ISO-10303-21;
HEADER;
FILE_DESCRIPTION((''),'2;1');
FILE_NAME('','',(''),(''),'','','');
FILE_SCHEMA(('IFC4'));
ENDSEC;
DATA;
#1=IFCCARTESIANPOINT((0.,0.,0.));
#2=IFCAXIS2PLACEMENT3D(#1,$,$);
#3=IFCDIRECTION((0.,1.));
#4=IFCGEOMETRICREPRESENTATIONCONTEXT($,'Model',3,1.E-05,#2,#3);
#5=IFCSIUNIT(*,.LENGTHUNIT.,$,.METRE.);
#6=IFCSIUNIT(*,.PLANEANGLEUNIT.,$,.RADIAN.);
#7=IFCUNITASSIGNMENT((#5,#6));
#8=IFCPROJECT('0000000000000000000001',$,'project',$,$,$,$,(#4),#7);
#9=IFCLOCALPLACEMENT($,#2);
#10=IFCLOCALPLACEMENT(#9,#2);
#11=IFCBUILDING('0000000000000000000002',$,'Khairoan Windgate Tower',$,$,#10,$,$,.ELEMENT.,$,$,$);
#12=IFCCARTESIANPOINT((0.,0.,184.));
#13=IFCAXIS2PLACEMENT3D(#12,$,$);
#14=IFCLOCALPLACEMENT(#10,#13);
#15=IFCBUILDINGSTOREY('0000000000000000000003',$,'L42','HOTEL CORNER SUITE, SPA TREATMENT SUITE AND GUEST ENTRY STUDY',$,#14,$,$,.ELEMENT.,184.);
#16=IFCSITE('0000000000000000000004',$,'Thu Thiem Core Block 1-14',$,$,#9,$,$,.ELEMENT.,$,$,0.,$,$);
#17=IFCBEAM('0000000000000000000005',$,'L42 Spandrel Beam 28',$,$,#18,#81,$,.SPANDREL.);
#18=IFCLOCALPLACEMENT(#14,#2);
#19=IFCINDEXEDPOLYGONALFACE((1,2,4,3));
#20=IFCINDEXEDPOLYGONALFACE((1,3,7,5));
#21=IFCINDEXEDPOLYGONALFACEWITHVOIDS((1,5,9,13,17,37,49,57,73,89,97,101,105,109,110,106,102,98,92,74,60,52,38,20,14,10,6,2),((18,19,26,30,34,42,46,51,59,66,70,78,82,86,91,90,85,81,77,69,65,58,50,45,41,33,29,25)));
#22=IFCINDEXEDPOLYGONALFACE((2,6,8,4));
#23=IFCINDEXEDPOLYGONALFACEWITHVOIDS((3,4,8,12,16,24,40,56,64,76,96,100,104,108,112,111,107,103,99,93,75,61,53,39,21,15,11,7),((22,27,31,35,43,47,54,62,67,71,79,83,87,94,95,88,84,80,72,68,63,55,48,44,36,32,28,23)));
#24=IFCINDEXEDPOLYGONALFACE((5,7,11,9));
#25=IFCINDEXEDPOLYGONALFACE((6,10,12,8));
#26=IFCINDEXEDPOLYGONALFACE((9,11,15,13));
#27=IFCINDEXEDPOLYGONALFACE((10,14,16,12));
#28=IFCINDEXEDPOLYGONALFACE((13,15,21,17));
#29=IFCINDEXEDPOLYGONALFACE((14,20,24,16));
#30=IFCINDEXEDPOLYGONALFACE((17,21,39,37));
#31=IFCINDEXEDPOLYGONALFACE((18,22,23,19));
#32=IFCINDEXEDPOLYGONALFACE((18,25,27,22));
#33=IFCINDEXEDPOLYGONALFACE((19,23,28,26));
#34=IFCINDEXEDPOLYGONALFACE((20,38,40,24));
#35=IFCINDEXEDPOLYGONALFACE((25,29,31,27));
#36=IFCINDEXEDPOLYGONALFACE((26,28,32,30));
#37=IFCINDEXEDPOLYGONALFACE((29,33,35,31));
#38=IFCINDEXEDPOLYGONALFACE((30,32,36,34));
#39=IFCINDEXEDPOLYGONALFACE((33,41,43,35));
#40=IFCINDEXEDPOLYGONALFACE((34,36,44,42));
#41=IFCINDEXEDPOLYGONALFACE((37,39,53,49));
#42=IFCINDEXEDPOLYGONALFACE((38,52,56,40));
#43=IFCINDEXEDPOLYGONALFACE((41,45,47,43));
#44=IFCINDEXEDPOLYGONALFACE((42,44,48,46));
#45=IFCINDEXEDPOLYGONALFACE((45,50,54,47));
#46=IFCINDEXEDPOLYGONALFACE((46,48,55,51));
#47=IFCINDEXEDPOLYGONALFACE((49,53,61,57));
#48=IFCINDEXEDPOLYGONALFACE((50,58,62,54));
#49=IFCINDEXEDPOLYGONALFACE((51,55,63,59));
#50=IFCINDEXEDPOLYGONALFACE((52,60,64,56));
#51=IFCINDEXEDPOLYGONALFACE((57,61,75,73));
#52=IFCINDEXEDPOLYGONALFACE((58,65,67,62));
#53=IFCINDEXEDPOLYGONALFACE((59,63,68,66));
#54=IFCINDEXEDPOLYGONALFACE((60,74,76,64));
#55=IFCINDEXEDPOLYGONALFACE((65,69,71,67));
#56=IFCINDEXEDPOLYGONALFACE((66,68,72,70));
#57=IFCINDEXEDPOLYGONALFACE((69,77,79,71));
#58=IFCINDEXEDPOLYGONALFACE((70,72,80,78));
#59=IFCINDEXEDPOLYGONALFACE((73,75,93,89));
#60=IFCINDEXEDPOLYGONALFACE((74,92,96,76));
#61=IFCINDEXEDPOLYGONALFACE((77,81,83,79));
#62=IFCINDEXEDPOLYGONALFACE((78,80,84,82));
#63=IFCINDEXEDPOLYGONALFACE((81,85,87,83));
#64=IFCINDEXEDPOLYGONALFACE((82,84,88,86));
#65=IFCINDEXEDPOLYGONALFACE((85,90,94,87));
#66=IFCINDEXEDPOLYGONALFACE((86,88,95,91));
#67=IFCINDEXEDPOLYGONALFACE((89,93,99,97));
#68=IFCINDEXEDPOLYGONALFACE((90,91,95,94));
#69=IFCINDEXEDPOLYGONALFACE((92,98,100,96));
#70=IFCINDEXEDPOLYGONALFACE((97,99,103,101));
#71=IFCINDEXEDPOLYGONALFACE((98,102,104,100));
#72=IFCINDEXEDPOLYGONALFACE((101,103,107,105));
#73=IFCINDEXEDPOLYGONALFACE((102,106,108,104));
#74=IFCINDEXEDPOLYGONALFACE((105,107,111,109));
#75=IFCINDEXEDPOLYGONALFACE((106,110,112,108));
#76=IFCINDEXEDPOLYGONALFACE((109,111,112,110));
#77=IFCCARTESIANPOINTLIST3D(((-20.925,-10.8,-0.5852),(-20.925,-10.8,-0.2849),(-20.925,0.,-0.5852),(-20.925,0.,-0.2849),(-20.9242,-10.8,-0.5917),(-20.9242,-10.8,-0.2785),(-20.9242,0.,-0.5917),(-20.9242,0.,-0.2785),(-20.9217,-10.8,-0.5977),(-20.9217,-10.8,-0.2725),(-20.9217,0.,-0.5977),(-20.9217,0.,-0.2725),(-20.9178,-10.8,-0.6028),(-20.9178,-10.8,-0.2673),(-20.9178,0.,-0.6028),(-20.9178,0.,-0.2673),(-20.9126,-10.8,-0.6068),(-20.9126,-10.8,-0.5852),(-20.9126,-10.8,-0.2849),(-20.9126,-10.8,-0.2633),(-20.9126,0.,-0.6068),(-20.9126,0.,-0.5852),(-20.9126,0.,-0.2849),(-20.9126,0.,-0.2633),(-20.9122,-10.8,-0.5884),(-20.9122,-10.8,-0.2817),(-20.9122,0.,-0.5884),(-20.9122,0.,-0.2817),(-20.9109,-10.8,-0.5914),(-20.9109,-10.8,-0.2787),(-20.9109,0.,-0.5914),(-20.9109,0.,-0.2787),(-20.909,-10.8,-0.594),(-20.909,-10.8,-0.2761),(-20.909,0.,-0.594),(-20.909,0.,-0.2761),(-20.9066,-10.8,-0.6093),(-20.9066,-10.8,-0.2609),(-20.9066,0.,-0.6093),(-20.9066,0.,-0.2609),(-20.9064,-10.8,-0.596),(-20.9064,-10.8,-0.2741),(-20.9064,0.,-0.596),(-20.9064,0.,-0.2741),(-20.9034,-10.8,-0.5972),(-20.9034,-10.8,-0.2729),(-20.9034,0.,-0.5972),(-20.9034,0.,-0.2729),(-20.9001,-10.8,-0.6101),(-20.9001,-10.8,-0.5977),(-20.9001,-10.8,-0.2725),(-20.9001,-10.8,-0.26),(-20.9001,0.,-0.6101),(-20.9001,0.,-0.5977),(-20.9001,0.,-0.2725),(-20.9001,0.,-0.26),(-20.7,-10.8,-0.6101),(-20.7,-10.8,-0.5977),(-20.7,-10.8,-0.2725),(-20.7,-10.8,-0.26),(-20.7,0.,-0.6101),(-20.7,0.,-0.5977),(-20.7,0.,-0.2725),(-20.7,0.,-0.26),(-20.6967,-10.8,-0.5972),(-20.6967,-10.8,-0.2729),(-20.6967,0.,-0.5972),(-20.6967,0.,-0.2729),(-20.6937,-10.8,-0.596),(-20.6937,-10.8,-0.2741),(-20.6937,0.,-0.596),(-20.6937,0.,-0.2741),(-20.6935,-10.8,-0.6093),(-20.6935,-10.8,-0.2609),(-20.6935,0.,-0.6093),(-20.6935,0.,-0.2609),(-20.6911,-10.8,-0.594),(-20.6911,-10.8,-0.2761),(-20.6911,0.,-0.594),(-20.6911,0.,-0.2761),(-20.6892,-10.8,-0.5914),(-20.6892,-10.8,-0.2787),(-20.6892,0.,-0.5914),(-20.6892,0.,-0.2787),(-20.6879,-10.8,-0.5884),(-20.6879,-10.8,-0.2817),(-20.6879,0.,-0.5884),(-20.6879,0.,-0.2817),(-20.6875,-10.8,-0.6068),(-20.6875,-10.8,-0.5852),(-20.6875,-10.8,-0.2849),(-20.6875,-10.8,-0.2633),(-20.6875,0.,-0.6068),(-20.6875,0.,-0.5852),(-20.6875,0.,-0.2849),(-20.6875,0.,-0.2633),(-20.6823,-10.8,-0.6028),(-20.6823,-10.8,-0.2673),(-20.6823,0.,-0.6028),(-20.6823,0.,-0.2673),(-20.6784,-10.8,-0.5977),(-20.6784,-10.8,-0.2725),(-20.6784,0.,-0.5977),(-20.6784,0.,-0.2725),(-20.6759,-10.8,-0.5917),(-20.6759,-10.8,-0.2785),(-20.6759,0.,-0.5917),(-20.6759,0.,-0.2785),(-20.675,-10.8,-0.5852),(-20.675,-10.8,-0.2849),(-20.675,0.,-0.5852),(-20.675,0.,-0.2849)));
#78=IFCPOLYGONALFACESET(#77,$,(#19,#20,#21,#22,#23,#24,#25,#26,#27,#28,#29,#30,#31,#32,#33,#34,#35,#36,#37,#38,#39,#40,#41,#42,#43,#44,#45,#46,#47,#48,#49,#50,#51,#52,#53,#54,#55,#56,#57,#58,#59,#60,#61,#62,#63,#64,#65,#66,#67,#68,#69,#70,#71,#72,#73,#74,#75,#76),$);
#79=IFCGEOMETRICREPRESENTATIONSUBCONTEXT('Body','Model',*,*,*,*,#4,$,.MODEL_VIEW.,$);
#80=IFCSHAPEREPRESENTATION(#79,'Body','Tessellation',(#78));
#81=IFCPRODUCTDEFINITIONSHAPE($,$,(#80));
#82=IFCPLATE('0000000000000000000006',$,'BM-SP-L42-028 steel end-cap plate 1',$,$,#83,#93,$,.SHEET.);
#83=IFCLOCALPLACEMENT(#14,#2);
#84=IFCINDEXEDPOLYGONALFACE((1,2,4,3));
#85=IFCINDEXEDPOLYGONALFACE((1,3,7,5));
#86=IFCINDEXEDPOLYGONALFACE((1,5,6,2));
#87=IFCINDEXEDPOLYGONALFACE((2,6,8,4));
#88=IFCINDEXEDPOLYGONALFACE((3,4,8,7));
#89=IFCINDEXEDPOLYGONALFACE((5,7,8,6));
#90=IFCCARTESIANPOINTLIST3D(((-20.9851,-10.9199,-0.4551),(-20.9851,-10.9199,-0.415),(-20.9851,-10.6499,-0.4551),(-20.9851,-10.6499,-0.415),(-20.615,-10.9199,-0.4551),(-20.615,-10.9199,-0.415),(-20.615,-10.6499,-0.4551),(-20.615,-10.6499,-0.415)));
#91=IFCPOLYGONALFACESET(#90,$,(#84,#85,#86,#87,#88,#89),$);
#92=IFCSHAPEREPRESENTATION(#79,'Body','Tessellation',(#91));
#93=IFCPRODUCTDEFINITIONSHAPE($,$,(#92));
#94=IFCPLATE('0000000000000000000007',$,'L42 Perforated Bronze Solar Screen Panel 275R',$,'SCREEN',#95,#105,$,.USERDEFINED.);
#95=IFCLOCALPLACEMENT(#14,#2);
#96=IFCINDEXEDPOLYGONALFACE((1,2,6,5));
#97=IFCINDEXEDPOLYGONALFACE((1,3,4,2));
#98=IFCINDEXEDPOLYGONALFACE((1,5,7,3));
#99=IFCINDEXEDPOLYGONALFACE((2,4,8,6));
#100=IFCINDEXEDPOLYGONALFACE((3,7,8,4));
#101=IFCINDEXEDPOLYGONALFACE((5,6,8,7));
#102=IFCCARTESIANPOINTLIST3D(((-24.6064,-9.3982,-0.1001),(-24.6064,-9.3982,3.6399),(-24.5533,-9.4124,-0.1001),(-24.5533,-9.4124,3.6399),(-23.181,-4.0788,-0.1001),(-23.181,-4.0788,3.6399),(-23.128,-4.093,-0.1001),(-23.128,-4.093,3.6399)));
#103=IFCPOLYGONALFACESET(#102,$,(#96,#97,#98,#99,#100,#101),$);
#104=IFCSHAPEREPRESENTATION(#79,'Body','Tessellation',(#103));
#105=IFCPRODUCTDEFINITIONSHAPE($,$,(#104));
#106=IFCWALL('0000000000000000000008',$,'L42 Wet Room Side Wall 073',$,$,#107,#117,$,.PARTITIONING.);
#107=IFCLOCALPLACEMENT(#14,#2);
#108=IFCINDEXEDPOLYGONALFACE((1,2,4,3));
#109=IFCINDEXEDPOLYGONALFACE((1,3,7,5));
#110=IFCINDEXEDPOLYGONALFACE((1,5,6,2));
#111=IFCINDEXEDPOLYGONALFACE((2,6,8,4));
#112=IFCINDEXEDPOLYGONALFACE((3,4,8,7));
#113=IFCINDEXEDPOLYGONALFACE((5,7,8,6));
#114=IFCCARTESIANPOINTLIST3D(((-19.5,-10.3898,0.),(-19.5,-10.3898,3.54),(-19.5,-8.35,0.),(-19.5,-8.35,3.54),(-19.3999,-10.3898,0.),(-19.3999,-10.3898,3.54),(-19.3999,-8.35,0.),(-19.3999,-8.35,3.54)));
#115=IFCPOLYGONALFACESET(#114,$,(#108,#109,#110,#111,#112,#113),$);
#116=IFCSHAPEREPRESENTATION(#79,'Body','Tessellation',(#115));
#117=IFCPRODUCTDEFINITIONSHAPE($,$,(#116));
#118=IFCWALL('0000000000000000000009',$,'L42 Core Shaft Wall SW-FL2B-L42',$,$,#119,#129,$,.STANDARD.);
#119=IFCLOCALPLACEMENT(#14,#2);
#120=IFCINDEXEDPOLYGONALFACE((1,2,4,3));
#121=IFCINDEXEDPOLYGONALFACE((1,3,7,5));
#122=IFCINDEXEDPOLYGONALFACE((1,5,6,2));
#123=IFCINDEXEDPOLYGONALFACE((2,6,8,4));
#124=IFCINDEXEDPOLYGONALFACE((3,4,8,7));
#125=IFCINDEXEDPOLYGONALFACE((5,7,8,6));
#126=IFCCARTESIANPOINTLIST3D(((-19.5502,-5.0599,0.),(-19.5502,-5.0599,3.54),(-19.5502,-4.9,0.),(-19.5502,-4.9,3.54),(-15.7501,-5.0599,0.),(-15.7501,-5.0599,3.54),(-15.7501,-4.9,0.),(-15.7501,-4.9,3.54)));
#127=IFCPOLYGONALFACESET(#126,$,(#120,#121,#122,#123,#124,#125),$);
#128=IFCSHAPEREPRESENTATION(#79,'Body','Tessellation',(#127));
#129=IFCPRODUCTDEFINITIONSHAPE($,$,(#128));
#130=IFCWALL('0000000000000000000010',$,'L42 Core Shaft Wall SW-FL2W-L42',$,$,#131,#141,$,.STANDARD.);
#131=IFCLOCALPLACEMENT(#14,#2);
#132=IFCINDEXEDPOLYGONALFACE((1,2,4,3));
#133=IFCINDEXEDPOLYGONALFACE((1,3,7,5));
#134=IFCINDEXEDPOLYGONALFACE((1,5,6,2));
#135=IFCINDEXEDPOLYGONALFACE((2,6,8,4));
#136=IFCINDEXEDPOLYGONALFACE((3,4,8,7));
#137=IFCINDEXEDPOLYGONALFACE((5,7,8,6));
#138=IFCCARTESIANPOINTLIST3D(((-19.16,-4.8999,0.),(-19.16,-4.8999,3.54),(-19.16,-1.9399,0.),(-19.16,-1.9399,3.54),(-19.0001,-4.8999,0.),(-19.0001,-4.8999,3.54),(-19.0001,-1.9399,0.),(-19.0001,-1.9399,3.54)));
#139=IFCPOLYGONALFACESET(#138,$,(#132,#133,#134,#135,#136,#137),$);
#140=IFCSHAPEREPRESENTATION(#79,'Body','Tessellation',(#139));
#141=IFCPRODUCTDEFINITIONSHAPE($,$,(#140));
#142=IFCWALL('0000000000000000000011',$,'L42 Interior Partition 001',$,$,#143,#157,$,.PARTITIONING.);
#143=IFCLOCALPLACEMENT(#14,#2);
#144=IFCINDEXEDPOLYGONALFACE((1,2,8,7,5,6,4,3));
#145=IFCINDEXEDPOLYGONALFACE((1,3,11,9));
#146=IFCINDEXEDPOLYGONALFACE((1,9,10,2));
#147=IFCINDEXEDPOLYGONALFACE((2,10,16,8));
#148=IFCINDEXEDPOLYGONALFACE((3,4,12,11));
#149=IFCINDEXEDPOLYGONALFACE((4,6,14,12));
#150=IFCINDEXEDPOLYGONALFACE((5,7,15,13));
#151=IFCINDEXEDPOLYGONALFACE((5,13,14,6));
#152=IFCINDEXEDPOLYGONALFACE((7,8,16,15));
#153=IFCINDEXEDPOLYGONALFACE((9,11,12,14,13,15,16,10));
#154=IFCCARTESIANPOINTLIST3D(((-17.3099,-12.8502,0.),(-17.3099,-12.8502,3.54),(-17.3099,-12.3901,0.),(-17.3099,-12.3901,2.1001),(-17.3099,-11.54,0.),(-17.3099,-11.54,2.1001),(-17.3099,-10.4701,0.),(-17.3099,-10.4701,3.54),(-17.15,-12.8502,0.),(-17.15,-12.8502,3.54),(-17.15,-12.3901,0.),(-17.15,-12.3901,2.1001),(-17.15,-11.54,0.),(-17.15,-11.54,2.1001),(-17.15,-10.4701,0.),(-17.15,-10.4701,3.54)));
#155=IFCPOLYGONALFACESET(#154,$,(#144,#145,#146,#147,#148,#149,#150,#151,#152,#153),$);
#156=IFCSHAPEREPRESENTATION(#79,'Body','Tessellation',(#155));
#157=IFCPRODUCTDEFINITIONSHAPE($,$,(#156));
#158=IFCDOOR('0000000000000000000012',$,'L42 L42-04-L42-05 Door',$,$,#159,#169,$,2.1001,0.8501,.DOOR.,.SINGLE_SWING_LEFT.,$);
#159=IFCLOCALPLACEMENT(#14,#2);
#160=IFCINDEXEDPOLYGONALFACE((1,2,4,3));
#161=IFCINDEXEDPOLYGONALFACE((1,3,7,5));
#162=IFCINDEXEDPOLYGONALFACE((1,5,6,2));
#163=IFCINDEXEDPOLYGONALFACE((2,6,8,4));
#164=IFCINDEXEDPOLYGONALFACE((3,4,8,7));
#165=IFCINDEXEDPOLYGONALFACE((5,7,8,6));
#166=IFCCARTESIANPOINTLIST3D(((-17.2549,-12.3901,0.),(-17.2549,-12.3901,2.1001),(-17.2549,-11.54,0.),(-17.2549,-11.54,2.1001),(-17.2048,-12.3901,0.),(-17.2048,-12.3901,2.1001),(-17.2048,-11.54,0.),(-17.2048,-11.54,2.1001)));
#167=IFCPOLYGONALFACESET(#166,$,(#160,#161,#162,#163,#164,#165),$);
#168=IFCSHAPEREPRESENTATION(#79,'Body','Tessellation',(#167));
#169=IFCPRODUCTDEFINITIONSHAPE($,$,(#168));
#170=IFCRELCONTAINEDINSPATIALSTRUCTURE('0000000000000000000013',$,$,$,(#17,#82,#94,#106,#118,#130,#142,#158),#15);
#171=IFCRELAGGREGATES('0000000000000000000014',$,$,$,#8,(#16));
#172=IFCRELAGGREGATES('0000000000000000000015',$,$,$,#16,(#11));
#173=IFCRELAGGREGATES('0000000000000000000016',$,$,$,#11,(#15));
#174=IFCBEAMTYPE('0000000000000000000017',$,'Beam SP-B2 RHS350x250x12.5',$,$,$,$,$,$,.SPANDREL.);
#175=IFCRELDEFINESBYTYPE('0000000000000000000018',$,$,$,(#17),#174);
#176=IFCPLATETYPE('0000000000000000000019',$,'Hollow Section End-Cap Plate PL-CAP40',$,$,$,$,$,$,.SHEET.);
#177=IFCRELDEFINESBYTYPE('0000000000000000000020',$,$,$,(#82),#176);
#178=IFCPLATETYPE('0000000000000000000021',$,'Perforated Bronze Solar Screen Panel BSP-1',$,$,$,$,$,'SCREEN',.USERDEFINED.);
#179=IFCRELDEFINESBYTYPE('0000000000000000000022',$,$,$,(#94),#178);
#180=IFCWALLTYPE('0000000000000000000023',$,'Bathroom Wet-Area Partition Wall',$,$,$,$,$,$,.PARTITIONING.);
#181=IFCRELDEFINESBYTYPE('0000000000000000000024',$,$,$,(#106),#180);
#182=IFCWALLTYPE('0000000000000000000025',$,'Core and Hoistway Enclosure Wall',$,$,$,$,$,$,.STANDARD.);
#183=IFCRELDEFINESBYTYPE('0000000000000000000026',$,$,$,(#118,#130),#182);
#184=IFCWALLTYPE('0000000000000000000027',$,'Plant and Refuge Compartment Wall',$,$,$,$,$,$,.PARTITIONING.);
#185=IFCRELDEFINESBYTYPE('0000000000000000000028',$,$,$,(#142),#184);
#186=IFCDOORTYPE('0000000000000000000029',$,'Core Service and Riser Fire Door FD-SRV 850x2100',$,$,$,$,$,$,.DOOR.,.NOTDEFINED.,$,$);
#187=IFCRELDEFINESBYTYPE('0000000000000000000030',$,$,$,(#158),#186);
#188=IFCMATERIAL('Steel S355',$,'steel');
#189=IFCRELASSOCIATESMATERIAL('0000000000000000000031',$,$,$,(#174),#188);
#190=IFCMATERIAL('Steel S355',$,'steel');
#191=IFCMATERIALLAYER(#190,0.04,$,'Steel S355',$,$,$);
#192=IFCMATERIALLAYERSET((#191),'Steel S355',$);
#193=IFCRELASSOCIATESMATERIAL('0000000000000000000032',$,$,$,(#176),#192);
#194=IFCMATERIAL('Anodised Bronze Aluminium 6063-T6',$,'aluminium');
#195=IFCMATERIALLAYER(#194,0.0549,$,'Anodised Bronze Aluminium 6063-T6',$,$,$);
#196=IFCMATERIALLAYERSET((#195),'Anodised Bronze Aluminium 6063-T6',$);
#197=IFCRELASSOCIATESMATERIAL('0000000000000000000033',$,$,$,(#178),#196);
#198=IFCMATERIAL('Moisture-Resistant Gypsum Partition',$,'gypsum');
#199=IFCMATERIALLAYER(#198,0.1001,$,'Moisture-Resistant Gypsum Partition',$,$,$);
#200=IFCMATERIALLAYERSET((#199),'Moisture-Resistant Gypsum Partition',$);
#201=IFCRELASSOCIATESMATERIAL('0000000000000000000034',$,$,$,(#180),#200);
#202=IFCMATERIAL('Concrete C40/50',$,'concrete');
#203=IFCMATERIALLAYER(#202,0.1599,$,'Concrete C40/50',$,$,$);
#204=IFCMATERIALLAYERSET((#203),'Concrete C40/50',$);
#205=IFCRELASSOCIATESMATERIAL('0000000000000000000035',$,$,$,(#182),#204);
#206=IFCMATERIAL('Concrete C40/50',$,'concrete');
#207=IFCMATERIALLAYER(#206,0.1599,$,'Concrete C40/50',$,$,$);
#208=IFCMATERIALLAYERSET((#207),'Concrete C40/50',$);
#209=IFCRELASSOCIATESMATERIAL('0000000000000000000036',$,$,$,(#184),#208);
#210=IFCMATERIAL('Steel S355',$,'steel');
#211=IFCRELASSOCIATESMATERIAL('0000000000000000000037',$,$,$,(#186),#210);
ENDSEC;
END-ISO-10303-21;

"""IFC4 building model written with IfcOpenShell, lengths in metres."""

from ifc_helpers import new_model, si_unit, direction, frame, frame_2d, origin, origin_2d, place, context, subcontext, project, spatial, rectangle, hollow_rectangle, extrude, material, layer, layer_set, material_profile, profile_set, type_object, element, fill, save


model = new_model("IFC4")

# Units and contexts
model_context = context("Model", 3, precision=1e-05, world=origin(), true_north=direction((0.0, 1.0)))
body_context = subcontext(model_context, "Body", "Model", "MODEL_VIEW")
ifc_project = project(units=[si_unit("LENGTHUNIT", "METRE"), si_unit("PLANEANGLEUNIT", "RADIAN")], contexts=[model_context])

# Site, building, storey
site_placement = place(None, origin())
site = spatial("IfcSite", under=ifc_project, at=site_placement, Name="Thu Thiem Core Block 1-14", CompositionType="ELEMENT", RefElevation=0.0)
building_placement = place(site_placement, origin())
building = spatial("IfcBuilding", under=site, at=building_placement, Name="Khairoan Windgate Tower", CompositionType="ELEMENT")
storey_placement = place(building_placement, frame((0.0, 0.0, 184.0)))
storey = spatial("IfcBuildingStorey", under=building, at=storey_placement, Name="L42", Description="HOTEL CORNER SUITE, SPA TREATMENT SUITE AND GUEST ENTRY STUDY", CompositionType="ELEMENT", Elevation=184.0)

# Beam
ifc_material_1 = material(Name="Steel S355", Category="steel")
ifc_material_profile_1 = material_profile(ifc_material_1, hollow_rectangle(XDim=0.25, YDim=0.3501, WallThickness=0.0125, InnerFilletRadius=0.0125, OuterFilletRadius=0.0249, at=origin_2d()))
ifc_profile_set_1 = profile_set([ifc_material_profile_1], Name="Steel S355")
beam_type_1 = type_object("IfcBeamType", Name="Beam SP-B2 RHS350x250x12.5", PredefinedType="SPANDREL", material=ifc_profile_set_1)
beam_1_placement = place(storey_placement, frame((-20.8, -10.8, -0.4351), z_axis=(0.0, 1.0, 0.0), x_axis=(-1.0, 0.0, 0.0)))
element("IfcBeam", 1, at=beam_1_placement, inside=storey, type_object=beam_type_1, Name="L42 Spandrel Beam 28", PredefinedType="SPANDREL", context=body_context, shape_type="SweptSolid", body=[
    extrude(hollow_rectangle(XDim=0.25, YDim=0.3501, WallThickness=0.0125, InnerFilletRadius=0.0125, OuterFilletRadius=0.0249, at=origin_2d()), origin(), (0.0, 0.0, 1.0), 10.8),
])

# Plates
ifc_material_2 = material(Name="Steel S355", Category="steel")
ifc_layer_1 = layer(ifc_material_2, 0.04, Name="Steel S355")
ifc_layer_set_1 = layer_set([ifc_layer_1], Name="Steel S355")
plate_type_1 = type_object("IfcPlateType", Name="Hollow Section End-Cap Plate PL-CAP40", PredefinedType="SHEET", material=ifc_layer_set_1)
plate_1_placement = place(storey_placement, frame((-20.8, -10.7849, -0.4551), z_axis=(0.0, 0.0, 1.0), x_axis=(0.0, 1.0, 0.0)))
element("IfcPlate", 2, at=plate_1_placement, inside=storey, type_object=plate_type_1, Name="BM-SP-L42-028 steel end-cap plate 1", PredefinedType="SHEET", context=body_context, shape_type="SweptSolid", body=[
    extrude(rectangle(XDim=0.27, YDim=0.3701, at=origin_2d()), origin(), (0.0, 0.0, 1.0), 0.04),
])
ifc_material_3 = material(Name="Anodised Bronze Aluminium 6063-T6", Category="aluminium")
ifc_layer_2 = layer(ifc_material_3, 0.0549, Name="Anodised Bronze Aluminium 6063-T6")
ifc_layer_set_2 = layer_set([ifc_layer_2], Name="Anodised Bronze Aluminium 6063-T6")
plate_type_2 = type_object("IfcPlateType", Name="Perforated Bronze Solar Screen Panel BSP-1", ElementType="SCREEN", PredefinedType="USERDEFINED", material=ifc_layer_set_2)
plate_2_placement = place(storey_placement, frame((-23.8672, -6.7456, -0.1001), z_axis=(0.0, 0.0, 1.0), x_axis=(0.258819, 0.965926, 0.0)))
element("IfcPlate", 3, at=plate_2_placement, inside=storey, type_object=plate_type_2, Name="L42 Perforated Bronze Solar Screen Panel 275R", ObjectType="SCREEN", PredefinedType="USERDEFINED", context=body_context, shape_type="SweptSolid", body=[
    extrude(rectangle(XDim=5.5071, YDim=0.0549, at=origin_2d()), origin(), (0.0, 0.0, 1.0), 3.74),
])

# Walls
ifc_material_4 = material(Name="Moisture-Resistant Gypsum Partition", Category="gypsum")
ifc_layer_3 = layer(ifc_material_4, 0.1001, Name="Moisture-Resistant Gypsum Partition")
ifc_layer_set_3 = layer_set([ifc_layer_3], Name="Moisture-Resistant Gypsum Partition")
wall_type_1 = type_object("IfcWallType", Name="Bathroom Wet-Area Partition Wall", PredefinedType="PARTITIONING", material=ifc_layer_set_3)
wall_1_placement = place(storey_placement, frame((-19.45, -10.3899, 0.0), z_axis=(0.0, 0.0, 1.0), x_axis=(0.0, 1.0, 0.0)))
element("IfcWall", 4, at=wall_1_placement, inside=storey, type_object=wall_type_1, Name="L42 Wet Room Side Wall 073", PredefinedType="PARTITIONING", context=body_context, shape_type="SweptSolid", body=[
    extrude(rectangle(XDim=2.0398, YDim=0.1001, at=frame_2d((1.02, 0.0))), origin(), (0.0, 0.0, 1.0), 3.54),
])
ifc_material_5 = material(Name="Concrete C40/50", Category="concrete")
ifc_layer_4 = layer(ifc_material_5, 0.1599, Name="Concrete C40/50")
ifc_layer_set_4 = layer_set([ifc_layer_4], Name="Concrete C40/50")
wall_type_2 = type_object("IfcWallType", Name="Core and Hoistway Enclosure Wall", PredefinedType="STANDARD", material=ifc_layer_set_4)
wall_2_placement = place(storey_placement, frame((-19.55, -4.98, 0.0), z_axis=(0.0, 0.0, 1.0), x_axis=(1.0, 0.0, 0.0)))
element("IfcWall", 5, at=wall_2_placement, inside=storey, type_object=wall_type_2, Name="L42 Core Shaft Wall SW-FL2B-L42", PredefinedType="STANDARD", context=body_context, shape_type="SweptSolid", body=[
    extrude(rectangle(XDim=3.8, YDim=0.1599, at=frame_2d((1.8999, 0.0))), origin(), (0.0, 0.0, 1.0), 3.54),
])
wall_3_placement = place(storey_placement, frame((-19.0801, -4.8999, 0.0), z_axis=(0.0, 0.0, 1.0), x_axis=(0.0, 1.0, 0.0)))
element("IfcWall", 6, at=wall_3_placement, inside=storey, type_object=wall_type_2, Name="L42 Core Shaft Wall SW-FL2W-L42", PredefinedType="STANDARD", context=body_context, shape_type="SweptSolid", body=[
    extrude(rectangle(XDim=2.96, YDim=0.1599, at=frame_2d((1.48, 0.0))), origin(), (0.0, 0.0, 1.0), 3.54),
])

# Wall, opening, door
ifc_material_6 = material(Name="Concrete C40/50", Category="concrete")
ifc_layer_5 = layer(ifc_material_6, 0.1599, Name="Concrete C40/50")
ifc_layer_set_5 = layer_set([ifc_layer_5], Name="Concrete C40/50")
wall_type_3 = type_object("IfcWallType", Name="Plant and Refuge Compartment Wall", PredefinedType="PARTITIONING", material=ifc_layer_set_5)
wall_4_placement = place(storey_placement, frame((-17.23, -12.8501, 0.0), z_axis=(0.0, 0.0, 1.0), x_axis=(0.0, 1.0, 0.0)))
wall_4 = element("IfcWall", 7, at=wall_4_placement, inside=storey, type_object=wall_type_3, Name="L42 Interior Partition 001", PredefinedType="PARTITIONING", context=body_context, shape_type="SweptSolid", body=[
    extrude(rectangle(XDim=2.3801, YDim=0.1599, at=frame_2d((1.1899, 0.0))), origin(), (0.0, 0.0, 1.0), 3.54),
])
opening_1_placement = place(wall_4_placement, frame((0.46, 0.0, 0.0)))
opening_1 = element("IfcOpeningElement", 8, at=opening_1_placement, cuts=wall_4, PredefinedType="OPENING", context=body_context, shape_type="SweptSolid", body=[
    extrude(rectangle(XDim=0.8501, YDim=2.1001, at=frame_2d((0.425, 1.05))), frame((0.0, 0.0898, 0.0), z_axis=(0.0, -1.0, 0.0), x_axis=(1.0, 0.0, 0.0)), (0.0, 0.0, 1.0), 0.1799),
])
ifc_material_7 = material(Name="Steel S355", Category="steel")
door_type = type_object("IfcDoorType", Name="Core Service and Riser Fire Door FD-SRV 850x2100", OperationType="NOTDEFINED", PredefinedType="DOOR", material=ifc_material_7)
door_1_placement = place(opening_1_placement, origin())
door_1 = element("IfcDoor", 9, at=door_1_placement, inside=storey, type_object=door_type, Name="L42 L42-04-L42-05 Door", OperationType="SINGLE_SWING_LEFT", OverallHeight=2.1001, OverallWidth=0.8501, PredefinedType="DOOR", context=body_context, shape_type="SweptSolid", body=[
    extrude(rectangle(XDim=0.8501, YDim=2.1001, at=frame_2d((0.425, 1.05))), frame((0.0, 0.0249, 0.0), z_axis=(0.0, -1.0, 0.0), x_axis=(1.0, 0.0, 0.0)), (0.0, 0.0, 1.0), 0.05),
])
fill(opening_1, door_1)

save(model, "model.ifc")
